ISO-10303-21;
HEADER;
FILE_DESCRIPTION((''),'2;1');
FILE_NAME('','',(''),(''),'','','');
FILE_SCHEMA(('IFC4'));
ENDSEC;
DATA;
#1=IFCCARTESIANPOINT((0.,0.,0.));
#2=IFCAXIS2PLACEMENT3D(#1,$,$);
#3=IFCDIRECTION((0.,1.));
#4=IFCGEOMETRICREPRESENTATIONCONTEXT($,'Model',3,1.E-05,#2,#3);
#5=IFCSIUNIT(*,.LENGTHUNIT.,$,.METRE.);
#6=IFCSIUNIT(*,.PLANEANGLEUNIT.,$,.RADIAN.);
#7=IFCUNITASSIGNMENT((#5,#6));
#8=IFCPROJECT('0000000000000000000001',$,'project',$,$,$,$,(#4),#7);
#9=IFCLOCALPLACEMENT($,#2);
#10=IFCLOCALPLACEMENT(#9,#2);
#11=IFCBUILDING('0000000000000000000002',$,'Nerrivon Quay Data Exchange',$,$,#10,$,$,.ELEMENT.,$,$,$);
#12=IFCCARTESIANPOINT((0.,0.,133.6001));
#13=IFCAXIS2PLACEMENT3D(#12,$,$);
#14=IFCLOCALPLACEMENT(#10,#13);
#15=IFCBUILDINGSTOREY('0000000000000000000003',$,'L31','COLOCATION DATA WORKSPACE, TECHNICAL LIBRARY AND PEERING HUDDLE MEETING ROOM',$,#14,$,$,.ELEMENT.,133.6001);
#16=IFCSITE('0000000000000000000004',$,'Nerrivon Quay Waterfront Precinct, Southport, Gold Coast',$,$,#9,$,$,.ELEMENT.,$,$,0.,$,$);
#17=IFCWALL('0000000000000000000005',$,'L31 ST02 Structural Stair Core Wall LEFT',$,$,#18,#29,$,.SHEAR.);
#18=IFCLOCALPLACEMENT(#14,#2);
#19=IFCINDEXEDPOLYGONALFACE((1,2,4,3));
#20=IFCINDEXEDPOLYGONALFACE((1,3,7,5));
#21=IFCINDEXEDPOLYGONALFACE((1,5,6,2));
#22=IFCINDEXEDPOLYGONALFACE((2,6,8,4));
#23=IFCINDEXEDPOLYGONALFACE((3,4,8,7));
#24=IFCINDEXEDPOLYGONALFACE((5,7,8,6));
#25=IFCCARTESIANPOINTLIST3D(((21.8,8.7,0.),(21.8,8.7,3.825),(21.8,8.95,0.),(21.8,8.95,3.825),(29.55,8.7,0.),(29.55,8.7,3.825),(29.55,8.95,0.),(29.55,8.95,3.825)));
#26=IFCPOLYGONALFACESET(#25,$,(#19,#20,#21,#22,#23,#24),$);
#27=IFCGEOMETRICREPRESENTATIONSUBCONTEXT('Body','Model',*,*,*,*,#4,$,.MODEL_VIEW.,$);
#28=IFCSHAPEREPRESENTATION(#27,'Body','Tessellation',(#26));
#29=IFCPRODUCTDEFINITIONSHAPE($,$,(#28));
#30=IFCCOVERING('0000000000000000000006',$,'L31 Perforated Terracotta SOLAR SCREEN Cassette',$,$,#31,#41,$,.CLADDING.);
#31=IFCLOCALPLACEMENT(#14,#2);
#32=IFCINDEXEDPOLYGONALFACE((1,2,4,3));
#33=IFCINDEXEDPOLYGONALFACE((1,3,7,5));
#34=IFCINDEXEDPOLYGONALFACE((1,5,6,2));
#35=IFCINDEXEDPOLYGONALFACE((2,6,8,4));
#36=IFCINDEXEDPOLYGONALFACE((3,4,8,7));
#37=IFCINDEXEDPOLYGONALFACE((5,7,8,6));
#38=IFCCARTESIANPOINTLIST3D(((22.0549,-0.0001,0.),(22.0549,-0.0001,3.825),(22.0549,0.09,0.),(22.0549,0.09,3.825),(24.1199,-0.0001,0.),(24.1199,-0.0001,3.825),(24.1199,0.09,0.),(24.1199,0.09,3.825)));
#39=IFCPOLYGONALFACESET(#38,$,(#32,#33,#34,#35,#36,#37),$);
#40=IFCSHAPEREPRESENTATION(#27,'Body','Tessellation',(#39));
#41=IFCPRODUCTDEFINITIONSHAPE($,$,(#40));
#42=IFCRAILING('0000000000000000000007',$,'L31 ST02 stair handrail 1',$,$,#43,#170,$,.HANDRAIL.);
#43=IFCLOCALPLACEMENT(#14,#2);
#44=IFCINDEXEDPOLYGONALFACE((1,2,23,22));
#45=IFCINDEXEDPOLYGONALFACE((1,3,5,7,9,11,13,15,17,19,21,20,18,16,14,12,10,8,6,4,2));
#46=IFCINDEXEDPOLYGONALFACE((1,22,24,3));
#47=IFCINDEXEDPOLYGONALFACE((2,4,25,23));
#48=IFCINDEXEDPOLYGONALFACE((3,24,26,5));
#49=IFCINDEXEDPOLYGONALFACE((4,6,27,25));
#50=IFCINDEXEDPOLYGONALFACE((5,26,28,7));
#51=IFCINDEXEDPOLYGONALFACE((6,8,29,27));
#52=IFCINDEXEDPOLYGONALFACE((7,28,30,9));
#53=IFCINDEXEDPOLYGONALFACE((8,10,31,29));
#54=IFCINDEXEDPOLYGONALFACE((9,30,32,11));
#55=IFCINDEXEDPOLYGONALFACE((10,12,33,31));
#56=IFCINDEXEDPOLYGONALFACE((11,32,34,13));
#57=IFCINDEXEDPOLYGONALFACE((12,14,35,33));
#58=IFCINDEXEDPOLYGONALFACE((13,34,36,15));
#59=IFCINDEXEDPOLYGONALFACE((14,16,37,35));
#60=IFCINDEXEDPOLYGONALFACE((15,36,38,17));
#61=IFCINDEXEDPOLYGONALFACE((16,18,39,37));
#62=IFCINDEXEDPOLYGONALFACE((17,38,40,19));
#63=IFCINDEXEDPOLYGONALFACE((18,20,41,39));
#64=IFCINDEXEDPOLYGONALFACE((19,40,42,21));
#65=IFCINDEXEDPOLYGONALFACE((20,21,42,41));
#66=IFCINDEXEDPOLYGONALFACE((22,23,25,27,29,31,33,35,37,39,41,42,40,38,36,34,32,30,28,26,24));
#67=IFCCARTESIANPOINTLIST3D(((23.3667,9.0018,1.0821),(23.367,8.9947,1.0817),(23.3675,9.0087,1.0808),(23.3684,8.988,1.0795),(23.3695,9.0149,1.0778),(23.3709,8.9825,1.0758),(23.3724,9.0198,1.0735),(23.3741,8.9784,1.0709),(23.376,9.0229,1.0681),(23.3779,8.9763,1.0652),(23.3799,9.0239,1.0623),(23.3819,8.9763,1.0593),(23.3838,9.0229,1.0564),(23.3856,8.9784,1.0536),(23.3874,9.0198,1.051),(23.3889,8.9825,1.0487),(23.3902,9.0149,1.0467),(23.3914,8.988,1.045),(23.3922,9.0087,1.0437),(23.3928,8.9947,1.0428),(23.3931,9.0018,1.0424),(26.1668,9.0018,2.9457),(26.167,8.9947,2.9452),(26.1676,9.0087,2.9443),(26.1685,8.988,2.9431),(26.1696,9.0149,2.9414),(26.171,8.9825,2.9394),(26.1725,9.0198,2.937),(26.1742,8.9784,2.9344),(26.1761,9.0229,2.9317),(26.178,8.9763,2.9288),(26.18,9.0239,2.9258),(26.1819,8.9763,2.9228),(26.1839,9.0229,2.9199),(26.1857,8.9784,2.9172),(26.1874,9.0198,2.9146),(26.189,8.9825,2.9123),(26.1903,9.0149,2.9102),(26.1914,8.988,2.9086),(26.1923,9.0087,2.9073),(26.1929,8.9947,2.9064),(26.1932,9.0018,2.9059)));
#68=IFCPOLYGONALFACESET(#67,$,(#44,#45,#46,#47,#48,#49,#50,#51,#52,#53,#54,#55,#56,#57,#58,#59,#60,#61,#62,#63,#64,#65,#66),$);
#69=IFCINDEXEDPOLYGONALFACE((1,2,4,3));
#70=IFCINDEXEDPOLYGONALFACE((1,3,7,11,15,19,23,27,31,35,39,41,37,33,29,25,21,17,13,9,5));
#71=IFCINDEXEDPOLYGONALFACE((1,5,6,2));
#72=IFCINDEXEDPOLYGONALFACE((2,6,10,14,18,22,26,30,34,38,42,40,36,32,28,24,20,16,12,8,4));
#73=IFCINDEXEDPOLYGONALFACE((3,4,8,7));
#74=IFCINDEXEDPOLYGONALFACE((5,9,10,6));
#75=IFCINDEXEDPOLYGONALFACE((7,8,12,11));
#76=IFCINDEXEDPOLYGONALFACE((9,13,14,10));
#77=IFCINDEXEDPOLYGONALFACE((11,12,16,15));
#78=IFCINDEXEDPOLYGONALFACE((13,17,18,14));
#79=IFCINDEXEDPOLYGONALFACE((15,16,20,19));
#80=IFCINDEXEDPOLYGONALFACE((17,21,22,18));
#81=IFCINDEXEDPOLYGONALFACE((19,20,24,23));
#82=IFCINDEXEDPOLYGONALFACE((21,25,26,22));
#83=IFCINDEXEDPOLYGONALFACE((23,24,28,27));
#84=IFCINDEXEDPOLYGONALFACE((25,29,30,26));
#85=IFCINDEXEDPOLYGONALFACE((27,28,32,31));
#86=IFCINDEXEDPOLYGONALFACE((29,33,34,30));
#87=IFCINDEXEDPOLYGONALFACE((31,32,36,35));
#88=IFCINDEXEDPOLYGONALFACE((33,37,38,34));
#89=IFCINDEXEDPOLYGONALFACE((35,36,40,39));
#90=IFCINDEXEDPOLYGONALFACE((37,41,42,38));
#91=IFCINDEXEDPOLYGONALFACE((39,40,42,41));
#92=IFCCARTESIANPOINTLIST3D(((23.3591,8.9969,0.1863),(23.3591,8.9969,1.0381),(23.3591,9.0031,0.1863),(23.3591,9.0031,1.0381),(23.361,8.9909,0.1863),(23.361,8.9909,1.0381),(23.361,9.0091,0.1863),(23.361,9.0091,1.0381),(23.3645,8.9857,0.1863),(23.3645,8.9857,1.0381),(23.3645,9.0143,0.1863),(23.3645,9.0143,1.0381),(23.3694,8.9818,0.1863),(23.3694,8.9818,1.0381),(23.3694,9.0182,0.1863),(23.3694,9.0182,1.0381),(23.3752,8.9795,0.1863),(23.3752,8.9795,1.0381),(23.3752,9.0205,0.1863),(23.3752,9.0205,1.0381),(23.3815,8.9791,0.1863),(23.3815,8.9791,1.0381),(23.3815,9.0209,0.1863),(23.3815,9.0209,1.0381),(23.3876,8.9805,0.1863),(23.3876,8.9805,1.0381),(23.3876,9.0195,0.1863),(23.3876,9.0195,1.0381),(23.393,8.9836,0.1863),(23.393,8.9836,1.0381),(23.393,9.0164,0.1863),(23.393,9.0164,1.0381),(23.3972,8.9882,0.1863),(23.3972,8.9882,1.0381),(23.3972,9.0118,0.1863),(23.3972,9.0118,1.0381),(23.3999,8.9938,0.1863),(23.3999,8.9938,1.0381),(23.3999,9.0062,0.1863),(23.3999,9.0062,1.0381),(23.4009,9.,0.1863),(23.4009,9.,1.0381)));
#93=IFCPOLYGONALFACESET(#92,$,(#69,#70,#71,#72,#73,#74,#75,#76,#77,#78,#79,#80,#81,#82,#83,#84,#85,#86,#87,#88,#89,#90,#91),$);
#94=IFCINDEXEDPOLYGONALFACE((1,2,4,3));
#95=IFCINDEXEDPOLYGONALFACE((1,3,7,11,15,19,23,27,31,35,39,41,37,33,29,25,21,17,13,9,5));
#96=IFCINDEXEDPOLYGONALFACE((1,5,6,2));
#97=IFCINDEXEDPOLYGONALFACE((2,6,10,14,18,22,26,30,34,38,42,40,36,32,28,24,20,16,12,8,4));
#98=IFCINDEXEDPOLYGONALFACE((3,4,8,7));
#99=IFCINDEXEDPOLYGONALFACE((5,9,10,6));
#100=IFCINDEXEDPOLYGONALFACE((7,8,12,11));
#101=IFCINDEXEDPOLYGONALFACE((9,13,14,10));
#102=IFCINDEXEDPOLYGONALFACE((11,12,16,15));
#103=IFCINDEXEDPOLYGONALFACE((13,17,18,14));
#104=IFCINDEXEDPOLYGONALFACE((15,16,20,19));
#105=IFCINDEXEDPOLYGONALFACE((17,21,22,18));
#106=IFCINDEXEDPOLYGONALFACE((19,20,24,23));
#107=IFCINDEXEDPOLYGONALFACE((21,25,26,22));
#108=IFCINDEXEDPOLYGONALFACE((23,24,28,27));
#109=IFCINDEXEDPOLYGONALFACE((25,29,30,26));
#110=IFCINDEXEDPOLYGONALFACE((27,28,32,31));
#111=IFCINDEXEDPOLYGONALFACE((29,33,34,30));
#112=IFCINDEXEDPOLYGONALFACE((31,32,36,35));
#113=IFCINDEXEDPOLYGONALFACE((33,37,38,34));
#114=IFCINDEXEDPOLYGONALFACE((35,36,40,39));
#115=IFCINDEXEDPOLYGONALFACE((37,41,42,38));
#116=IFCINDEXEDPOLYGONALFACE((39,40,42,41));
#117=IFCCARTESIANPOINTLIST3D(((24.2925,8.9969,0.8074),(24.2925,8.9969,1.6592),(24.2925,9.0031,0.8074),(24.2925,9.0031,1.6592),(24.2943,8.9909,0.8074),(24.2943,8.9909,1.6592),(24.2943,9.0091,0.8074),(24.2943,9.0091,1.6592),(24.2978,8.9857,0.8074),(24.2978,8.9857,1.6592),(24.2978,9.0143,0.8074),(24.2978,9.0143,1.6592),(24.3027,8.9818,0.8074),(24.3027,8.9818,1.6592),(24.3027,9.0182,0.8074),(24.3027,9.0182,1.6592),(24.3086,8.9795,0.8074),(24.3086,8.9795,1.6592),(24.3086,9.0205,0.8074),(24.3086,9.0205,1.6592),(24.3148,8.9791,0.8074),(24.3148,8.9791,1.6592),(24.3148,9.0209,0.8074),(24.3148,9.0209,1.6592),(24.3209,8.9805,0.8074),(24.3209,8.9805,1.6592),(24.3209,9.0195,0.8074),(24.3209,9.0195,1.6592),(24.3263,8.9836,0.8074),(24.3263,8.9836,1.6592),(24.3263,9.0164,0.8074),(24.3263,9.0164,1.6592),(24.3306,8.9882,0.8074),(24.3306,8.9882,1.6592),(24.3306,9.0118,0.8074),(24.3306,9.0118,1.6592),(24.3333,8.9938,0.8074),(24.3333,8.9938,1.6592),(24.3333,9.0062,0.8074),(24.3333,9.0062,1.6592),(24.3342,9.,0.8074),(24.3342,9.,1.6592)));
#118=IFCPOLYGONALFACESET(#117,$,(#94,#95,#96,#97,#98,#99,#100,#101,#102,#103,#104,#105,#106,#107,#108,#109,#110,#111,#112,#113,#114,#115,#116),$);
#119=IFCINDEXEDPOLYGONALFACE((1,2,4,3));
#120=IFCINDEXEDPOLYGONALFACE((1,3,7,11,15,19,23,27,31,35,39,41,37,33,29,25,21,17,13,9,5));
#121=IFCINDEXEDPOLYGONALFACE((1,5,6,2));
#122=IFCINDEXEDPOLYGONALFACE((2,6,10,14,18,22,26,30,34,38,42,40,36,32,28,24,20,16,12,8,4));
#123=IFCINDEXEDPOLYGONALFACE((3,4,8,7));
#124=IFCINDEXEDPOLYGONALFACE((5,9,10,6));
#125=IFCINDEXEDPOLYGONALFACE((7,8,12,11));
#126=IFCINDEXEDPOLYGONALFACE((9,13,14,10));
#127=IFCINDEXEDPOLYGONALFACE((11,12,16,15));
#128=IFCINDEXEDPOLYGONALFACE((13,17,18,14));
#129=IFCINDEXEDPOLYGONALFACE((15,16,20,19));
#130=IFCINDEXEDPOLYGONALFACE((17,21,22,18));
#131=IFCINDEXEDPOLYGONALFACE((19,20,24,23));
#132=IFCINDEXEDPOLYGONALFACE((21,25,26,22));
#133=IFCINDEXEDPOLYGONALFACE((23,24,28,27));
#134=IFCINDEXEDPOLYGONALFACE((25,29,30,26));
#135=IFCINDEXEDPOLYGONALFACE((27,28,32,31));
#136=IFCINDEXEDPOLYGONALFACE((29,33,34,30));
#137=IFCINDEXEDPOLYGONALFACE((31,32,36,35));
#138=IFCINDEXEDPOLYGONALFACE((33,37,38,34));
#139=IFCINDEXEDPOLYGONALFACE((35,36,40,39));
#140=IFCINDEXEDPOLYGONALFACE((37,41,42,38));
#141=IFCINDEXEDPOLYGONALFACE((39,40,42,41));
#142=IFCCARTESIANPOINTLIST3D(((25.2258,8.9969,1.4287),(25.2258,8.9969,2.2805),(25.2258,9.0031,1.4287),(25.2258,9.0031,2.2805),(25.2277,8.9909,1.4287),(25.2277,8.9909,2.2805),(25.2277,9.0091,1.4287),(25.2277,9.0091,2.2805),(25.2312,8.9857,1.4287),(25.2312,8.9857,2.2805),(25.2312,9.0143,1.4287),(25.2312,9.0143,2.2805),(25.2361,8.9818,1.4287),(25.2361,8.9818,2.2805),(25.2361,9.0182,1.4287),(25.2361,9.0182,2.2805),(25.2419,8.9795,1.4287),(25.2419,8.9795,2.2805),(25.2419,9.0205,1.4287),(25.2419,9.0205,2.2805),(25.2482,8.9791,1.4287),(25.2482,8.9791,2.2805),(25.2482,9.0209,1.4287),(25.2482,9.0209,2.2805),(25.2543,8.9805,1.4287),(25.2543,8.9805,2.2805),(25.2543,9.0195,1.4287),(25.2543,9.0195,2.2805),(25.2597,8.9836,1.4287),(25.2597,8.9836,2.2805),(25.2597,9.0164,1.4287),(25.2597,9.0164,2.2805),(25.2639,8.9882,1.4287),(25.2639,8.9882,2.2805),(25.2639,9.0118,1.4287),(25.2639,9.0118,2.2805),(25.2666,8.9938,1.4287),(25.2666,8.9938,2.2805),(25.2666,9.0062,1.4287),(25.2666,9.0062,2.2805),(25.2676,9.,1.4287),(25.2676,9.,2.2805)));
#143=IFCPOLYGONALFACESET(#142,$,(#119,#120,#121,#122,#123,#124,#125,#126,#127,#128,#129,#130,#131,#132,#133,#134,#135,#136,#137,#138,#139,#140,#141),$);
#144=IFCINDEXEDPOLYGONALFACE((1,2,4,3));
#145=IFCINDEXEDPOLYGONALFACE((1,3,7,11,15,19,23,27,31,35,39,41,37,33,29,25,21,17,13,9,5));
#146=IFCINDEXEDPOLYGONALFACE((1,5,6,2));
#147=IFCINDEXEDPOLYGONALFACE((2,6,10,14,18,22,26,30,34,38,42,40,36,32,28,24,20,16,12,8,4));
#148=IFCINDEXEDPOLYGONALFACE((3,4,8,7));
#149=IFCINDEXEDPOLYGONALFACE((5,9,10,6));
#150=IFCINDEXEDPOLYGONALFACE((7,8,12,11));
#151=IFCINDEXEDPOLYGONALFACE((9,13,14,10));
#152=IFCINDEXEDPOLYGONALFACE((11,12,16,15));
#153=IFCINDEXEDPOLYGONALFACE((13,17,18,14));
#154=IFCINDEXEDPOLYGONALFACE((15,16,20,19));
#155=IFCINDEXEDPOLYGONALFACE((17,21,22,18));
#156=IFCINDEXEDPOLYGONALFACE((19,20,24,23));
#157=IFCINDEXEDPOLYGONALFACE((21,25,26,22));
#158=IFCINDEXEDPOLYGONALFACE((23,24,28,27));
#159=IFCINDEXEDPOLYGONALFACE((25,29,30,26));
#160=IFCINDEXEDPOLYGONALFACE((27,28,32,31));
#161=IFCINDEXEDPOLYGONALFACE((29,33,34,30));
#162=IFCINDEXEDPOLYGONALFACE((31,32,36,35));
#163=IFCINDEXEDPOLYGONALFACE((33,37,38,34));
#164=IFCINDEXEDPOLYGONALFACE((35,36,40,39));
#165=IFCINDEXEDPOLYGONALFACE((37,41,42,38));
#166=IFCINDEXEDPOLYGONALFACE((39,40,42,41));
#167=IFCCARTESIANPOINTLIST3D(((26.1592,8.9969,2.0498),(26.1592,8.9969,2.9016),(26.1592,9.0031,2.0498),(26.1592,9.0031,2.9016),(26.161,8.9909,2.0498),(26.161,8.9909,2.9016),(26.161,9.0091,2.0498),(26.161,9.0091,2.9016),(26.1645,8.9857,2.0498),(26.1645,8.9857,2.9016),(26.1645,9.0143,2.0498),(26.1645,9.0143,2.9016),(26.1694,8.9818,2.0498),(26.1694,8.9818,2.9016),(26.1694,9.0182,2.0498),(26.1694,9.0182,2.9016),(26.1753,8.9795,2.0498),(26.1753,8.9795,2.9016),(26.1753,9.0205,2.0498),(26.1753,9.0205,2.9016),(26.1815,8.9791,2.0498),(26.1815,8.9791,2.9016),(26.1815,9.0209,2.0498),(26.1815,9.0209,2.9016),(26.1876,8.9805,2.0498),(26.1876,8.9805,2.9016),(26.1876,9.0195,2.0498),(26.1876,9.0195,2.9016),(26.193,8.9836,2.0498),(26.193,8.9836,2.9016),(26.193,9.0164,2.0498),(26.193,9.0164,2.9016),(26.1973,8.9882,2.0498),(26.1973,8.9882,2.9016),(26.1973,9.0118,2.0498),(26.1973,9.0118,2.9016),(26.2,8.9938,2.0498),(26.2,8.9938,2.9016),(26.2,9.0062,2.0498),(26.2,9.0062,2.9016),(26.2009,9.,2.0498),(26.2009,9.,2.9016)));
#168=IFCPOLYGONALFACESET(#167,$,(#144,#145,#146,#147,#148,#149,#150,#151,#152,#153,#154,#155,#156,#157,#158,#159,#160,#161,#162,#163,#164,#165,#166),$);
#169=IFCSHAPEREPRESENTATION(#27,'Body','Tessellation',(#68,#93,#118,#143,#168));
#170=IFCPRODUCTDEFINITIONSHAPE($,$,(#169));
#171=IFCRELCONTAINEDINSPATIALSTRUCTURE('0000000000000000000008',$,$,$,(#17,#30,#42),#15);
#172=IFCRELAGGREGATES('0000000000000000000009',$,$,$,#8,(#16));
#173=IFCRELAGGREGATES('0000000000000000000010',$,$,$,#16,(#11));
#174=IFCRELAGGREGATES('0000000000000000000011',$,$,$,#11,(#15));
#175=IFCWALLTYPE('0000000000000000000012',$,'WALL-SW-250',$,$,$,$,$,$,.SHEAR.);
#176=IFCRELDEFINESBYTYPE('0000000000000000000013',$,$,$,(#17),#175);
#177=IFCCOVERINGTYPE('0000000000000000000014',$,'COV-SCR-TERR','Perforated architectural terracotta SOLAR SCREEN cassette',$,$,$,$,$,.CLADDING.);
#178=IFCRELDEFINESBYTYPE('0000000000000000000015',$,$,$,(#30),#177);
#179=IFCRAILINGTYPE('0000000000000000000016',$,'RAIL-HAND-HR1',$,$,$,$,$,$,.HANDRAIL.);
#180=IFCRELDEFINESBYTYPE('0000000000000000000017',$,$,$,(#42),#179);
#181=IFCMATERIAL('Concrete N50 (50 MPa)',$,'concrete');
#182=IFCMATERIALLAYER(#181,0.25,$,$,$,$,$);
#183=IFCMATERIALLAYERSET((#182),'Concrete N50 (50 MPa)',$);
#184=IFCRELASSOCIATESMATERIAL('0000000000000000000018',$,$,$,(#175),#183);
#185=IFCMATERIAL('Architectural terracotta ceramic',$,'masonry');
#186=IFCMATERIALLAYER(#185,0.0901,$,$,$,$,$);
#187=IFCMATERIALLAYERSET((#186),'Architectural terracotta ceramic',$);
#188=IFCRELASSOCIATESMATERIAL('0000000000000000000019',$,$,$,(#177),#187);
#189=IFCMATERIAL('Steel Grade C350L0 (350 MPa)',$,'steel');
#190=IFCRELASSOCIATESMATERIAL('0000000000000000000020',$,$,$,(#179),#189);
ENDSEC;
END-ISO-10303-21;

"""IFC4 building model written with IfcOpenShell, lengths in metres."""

from ifc_helpers import new_model, si_unit, direction, frame, frame_2d, origin, origin_2d, place, context, subcontext, project, spatial, rectangle, circle, extrude, material, layer, layer_set, type_object, element, save


model = new_model("IFC4")

# Units and contexts
model_context = context("Model", 3, precision=1e-05, world=origin(), true_north=direction((0.0, 1.0)))
body_context = subcontext(model_context, "Body", "Model", "MODEL_VIEW")
ifc_project = project(units=[si_unit("LENGTHUNIT", "METRE"), si_unit("PLANEANGLEUNIT", "RADIAN")], contexts=[model_context])

# Site, building, storey
site_placement = place(None, origin())
site = spatial("IfcSite", under=ifc_project, at=site_placement, Name="Nerrivon Quay Waterfront Precinct, Southport, Gold Coast", CompositionType="ELEMENT", RefElevation=0.0)
building_placement = place(site_placement, origin())
building = spatial("IfcBuilding", under=site, at=building_placement, Name="Nerrivon Quay Data Exchange", CompositionType="ELEMENT")
storey_placement = place(building_placement, frame((0.0, 0.0, 133.6001)))
storey = spatial("IfcBuildingStorey", under=building, at=storey_placement, Name="L31", Description="COLOCATION DATA WORKSPACE, TECHNICAL LIBRARY AND PEERING HUDDLE MEETING ROOM", CompositionType="ELEMENT", Elevation=133.6001)

# Shared definitions
ifc_material_1 = material(Name="Concrete N50 (50 MPa)", Category="concrete")

# Wall
ifc_layer_1 = layer(ifc_material_1, 0.25)
ifc_layer_set_1 = layer_set([ifc_layer_1], Name="Concrete N50 (50 MPa)")
wall_type_1 = type_object("IfcWallType", Name="WALL-SW-250", PredefinedType="SHEAR", material=ifc_layer_set_1)
wall_1_placement = place(storey_placement, frame((21.8, 8.825, 0.0), z_axis=(0.0, 0.0, 1.0), x_axis=(1.0, 0.0, 0.0)))
element("IfcWall", 1, at=wall_1_placement, inside=storey, type_object=wall_type_1, Name="L31 ST02 Structural Stair Core Wall LEFT", PredefinedType="SHEAR", context=body_context, shape_type="SweptSolid", body=[
    extrude(rectangle(XDim=7.75, YDim=0.25, at=frame_2d((3.875, 0.0))), origin(), (0.0, 0.0, 1.0), 3.825),
])

# Covering
ifc_material_2 = material(Name="Architectural terracotta ceramic", Category="masonry")
ifc_layer_2 = layer(ifc_material_2, 0.0901)
ifc_layer_set_2 = layer_set([ifc_layer_2], Name="Architectural terracotta ceramic")
covering_type = type_object("IfcCoveringType", Name="COV-SCR-TERR", Description="Perforated architectural terracotta SOLAR SCREEN cassette", PredefinedType="CLADDING", material=ifc_layer_set_2)
covering_placement = place(storey_placement, frame((23.0874, 0.0449, 0.0), z_axis=(0.0, 0.0, 1.0), x_axis=(-1.0, 0.0, 0.0)))
element("IfcCovering", 2, at=covering_placement, inside=storey, type_object=covering_type, Name="L31 Perforated Terracotta SOLAR SCREEN Cassette", PredefinedType="CLADDING", context=body_context, shape_type="SweptSolid", body=[
    extrude(rectangle(XDim=2.0649, YDim=0.0901, at=origin_2d()), origin(), (0.0, 0.0, 1.0), 3.825),
])

# Railing
ifc_material_3 = material(Name="Steel Grade C350L0 (350 MPa)", Category="steel")
railing_type = type_object("IfcRailingType", Name="RAIL-HAND-HR1", PredefinedType="HANDRAIL", material=ifc_material_3)
railing_placement = place(storey_placement, frame((23.3799, 9.0, 0.1863)))
element("IfcRailing", 3, at=railing_placement, inside=storey, type_object=railing_type, Name="L31 ST02 stair handrail 1", PredefinedType="HANDRAIL", context=body_context, shape_type="SweptSolid", body=[
    extrude(circle(Radius=0.0239, at=origin_2d()), frame((0.0, 0.0, 0.876), z_axis=(0.832486, 0.0, 0.554047), x_axis=(0.0, 1.0, 0.0)), (0.0, 0.0, 1.0), 3.3635),
    extrude(circle(Radius=0.021, at=origin_2d()), origin(), (0.0, 0.0, 1.0), 0.8518),
    extrude(circle(Radius=0.021, at=origin_2d()), frame((0.9333, 0.0, 0.6211)), (0.0, 0.0, 1.0), 0.8518),
    extrude(circle(Radius=0.021, at=origin_2d()), frame((1.8667, 0.0, 1.2424)), (0.0, 0.0, 1.0), 0.8518),
    extrude(circle(Radius=0.021, at=origin_2d()), frame((2.8, 0.0, 1.8635)), (0.0, 0.0, 1.0), 0.8518),
])

save(model, "model.ifc")
